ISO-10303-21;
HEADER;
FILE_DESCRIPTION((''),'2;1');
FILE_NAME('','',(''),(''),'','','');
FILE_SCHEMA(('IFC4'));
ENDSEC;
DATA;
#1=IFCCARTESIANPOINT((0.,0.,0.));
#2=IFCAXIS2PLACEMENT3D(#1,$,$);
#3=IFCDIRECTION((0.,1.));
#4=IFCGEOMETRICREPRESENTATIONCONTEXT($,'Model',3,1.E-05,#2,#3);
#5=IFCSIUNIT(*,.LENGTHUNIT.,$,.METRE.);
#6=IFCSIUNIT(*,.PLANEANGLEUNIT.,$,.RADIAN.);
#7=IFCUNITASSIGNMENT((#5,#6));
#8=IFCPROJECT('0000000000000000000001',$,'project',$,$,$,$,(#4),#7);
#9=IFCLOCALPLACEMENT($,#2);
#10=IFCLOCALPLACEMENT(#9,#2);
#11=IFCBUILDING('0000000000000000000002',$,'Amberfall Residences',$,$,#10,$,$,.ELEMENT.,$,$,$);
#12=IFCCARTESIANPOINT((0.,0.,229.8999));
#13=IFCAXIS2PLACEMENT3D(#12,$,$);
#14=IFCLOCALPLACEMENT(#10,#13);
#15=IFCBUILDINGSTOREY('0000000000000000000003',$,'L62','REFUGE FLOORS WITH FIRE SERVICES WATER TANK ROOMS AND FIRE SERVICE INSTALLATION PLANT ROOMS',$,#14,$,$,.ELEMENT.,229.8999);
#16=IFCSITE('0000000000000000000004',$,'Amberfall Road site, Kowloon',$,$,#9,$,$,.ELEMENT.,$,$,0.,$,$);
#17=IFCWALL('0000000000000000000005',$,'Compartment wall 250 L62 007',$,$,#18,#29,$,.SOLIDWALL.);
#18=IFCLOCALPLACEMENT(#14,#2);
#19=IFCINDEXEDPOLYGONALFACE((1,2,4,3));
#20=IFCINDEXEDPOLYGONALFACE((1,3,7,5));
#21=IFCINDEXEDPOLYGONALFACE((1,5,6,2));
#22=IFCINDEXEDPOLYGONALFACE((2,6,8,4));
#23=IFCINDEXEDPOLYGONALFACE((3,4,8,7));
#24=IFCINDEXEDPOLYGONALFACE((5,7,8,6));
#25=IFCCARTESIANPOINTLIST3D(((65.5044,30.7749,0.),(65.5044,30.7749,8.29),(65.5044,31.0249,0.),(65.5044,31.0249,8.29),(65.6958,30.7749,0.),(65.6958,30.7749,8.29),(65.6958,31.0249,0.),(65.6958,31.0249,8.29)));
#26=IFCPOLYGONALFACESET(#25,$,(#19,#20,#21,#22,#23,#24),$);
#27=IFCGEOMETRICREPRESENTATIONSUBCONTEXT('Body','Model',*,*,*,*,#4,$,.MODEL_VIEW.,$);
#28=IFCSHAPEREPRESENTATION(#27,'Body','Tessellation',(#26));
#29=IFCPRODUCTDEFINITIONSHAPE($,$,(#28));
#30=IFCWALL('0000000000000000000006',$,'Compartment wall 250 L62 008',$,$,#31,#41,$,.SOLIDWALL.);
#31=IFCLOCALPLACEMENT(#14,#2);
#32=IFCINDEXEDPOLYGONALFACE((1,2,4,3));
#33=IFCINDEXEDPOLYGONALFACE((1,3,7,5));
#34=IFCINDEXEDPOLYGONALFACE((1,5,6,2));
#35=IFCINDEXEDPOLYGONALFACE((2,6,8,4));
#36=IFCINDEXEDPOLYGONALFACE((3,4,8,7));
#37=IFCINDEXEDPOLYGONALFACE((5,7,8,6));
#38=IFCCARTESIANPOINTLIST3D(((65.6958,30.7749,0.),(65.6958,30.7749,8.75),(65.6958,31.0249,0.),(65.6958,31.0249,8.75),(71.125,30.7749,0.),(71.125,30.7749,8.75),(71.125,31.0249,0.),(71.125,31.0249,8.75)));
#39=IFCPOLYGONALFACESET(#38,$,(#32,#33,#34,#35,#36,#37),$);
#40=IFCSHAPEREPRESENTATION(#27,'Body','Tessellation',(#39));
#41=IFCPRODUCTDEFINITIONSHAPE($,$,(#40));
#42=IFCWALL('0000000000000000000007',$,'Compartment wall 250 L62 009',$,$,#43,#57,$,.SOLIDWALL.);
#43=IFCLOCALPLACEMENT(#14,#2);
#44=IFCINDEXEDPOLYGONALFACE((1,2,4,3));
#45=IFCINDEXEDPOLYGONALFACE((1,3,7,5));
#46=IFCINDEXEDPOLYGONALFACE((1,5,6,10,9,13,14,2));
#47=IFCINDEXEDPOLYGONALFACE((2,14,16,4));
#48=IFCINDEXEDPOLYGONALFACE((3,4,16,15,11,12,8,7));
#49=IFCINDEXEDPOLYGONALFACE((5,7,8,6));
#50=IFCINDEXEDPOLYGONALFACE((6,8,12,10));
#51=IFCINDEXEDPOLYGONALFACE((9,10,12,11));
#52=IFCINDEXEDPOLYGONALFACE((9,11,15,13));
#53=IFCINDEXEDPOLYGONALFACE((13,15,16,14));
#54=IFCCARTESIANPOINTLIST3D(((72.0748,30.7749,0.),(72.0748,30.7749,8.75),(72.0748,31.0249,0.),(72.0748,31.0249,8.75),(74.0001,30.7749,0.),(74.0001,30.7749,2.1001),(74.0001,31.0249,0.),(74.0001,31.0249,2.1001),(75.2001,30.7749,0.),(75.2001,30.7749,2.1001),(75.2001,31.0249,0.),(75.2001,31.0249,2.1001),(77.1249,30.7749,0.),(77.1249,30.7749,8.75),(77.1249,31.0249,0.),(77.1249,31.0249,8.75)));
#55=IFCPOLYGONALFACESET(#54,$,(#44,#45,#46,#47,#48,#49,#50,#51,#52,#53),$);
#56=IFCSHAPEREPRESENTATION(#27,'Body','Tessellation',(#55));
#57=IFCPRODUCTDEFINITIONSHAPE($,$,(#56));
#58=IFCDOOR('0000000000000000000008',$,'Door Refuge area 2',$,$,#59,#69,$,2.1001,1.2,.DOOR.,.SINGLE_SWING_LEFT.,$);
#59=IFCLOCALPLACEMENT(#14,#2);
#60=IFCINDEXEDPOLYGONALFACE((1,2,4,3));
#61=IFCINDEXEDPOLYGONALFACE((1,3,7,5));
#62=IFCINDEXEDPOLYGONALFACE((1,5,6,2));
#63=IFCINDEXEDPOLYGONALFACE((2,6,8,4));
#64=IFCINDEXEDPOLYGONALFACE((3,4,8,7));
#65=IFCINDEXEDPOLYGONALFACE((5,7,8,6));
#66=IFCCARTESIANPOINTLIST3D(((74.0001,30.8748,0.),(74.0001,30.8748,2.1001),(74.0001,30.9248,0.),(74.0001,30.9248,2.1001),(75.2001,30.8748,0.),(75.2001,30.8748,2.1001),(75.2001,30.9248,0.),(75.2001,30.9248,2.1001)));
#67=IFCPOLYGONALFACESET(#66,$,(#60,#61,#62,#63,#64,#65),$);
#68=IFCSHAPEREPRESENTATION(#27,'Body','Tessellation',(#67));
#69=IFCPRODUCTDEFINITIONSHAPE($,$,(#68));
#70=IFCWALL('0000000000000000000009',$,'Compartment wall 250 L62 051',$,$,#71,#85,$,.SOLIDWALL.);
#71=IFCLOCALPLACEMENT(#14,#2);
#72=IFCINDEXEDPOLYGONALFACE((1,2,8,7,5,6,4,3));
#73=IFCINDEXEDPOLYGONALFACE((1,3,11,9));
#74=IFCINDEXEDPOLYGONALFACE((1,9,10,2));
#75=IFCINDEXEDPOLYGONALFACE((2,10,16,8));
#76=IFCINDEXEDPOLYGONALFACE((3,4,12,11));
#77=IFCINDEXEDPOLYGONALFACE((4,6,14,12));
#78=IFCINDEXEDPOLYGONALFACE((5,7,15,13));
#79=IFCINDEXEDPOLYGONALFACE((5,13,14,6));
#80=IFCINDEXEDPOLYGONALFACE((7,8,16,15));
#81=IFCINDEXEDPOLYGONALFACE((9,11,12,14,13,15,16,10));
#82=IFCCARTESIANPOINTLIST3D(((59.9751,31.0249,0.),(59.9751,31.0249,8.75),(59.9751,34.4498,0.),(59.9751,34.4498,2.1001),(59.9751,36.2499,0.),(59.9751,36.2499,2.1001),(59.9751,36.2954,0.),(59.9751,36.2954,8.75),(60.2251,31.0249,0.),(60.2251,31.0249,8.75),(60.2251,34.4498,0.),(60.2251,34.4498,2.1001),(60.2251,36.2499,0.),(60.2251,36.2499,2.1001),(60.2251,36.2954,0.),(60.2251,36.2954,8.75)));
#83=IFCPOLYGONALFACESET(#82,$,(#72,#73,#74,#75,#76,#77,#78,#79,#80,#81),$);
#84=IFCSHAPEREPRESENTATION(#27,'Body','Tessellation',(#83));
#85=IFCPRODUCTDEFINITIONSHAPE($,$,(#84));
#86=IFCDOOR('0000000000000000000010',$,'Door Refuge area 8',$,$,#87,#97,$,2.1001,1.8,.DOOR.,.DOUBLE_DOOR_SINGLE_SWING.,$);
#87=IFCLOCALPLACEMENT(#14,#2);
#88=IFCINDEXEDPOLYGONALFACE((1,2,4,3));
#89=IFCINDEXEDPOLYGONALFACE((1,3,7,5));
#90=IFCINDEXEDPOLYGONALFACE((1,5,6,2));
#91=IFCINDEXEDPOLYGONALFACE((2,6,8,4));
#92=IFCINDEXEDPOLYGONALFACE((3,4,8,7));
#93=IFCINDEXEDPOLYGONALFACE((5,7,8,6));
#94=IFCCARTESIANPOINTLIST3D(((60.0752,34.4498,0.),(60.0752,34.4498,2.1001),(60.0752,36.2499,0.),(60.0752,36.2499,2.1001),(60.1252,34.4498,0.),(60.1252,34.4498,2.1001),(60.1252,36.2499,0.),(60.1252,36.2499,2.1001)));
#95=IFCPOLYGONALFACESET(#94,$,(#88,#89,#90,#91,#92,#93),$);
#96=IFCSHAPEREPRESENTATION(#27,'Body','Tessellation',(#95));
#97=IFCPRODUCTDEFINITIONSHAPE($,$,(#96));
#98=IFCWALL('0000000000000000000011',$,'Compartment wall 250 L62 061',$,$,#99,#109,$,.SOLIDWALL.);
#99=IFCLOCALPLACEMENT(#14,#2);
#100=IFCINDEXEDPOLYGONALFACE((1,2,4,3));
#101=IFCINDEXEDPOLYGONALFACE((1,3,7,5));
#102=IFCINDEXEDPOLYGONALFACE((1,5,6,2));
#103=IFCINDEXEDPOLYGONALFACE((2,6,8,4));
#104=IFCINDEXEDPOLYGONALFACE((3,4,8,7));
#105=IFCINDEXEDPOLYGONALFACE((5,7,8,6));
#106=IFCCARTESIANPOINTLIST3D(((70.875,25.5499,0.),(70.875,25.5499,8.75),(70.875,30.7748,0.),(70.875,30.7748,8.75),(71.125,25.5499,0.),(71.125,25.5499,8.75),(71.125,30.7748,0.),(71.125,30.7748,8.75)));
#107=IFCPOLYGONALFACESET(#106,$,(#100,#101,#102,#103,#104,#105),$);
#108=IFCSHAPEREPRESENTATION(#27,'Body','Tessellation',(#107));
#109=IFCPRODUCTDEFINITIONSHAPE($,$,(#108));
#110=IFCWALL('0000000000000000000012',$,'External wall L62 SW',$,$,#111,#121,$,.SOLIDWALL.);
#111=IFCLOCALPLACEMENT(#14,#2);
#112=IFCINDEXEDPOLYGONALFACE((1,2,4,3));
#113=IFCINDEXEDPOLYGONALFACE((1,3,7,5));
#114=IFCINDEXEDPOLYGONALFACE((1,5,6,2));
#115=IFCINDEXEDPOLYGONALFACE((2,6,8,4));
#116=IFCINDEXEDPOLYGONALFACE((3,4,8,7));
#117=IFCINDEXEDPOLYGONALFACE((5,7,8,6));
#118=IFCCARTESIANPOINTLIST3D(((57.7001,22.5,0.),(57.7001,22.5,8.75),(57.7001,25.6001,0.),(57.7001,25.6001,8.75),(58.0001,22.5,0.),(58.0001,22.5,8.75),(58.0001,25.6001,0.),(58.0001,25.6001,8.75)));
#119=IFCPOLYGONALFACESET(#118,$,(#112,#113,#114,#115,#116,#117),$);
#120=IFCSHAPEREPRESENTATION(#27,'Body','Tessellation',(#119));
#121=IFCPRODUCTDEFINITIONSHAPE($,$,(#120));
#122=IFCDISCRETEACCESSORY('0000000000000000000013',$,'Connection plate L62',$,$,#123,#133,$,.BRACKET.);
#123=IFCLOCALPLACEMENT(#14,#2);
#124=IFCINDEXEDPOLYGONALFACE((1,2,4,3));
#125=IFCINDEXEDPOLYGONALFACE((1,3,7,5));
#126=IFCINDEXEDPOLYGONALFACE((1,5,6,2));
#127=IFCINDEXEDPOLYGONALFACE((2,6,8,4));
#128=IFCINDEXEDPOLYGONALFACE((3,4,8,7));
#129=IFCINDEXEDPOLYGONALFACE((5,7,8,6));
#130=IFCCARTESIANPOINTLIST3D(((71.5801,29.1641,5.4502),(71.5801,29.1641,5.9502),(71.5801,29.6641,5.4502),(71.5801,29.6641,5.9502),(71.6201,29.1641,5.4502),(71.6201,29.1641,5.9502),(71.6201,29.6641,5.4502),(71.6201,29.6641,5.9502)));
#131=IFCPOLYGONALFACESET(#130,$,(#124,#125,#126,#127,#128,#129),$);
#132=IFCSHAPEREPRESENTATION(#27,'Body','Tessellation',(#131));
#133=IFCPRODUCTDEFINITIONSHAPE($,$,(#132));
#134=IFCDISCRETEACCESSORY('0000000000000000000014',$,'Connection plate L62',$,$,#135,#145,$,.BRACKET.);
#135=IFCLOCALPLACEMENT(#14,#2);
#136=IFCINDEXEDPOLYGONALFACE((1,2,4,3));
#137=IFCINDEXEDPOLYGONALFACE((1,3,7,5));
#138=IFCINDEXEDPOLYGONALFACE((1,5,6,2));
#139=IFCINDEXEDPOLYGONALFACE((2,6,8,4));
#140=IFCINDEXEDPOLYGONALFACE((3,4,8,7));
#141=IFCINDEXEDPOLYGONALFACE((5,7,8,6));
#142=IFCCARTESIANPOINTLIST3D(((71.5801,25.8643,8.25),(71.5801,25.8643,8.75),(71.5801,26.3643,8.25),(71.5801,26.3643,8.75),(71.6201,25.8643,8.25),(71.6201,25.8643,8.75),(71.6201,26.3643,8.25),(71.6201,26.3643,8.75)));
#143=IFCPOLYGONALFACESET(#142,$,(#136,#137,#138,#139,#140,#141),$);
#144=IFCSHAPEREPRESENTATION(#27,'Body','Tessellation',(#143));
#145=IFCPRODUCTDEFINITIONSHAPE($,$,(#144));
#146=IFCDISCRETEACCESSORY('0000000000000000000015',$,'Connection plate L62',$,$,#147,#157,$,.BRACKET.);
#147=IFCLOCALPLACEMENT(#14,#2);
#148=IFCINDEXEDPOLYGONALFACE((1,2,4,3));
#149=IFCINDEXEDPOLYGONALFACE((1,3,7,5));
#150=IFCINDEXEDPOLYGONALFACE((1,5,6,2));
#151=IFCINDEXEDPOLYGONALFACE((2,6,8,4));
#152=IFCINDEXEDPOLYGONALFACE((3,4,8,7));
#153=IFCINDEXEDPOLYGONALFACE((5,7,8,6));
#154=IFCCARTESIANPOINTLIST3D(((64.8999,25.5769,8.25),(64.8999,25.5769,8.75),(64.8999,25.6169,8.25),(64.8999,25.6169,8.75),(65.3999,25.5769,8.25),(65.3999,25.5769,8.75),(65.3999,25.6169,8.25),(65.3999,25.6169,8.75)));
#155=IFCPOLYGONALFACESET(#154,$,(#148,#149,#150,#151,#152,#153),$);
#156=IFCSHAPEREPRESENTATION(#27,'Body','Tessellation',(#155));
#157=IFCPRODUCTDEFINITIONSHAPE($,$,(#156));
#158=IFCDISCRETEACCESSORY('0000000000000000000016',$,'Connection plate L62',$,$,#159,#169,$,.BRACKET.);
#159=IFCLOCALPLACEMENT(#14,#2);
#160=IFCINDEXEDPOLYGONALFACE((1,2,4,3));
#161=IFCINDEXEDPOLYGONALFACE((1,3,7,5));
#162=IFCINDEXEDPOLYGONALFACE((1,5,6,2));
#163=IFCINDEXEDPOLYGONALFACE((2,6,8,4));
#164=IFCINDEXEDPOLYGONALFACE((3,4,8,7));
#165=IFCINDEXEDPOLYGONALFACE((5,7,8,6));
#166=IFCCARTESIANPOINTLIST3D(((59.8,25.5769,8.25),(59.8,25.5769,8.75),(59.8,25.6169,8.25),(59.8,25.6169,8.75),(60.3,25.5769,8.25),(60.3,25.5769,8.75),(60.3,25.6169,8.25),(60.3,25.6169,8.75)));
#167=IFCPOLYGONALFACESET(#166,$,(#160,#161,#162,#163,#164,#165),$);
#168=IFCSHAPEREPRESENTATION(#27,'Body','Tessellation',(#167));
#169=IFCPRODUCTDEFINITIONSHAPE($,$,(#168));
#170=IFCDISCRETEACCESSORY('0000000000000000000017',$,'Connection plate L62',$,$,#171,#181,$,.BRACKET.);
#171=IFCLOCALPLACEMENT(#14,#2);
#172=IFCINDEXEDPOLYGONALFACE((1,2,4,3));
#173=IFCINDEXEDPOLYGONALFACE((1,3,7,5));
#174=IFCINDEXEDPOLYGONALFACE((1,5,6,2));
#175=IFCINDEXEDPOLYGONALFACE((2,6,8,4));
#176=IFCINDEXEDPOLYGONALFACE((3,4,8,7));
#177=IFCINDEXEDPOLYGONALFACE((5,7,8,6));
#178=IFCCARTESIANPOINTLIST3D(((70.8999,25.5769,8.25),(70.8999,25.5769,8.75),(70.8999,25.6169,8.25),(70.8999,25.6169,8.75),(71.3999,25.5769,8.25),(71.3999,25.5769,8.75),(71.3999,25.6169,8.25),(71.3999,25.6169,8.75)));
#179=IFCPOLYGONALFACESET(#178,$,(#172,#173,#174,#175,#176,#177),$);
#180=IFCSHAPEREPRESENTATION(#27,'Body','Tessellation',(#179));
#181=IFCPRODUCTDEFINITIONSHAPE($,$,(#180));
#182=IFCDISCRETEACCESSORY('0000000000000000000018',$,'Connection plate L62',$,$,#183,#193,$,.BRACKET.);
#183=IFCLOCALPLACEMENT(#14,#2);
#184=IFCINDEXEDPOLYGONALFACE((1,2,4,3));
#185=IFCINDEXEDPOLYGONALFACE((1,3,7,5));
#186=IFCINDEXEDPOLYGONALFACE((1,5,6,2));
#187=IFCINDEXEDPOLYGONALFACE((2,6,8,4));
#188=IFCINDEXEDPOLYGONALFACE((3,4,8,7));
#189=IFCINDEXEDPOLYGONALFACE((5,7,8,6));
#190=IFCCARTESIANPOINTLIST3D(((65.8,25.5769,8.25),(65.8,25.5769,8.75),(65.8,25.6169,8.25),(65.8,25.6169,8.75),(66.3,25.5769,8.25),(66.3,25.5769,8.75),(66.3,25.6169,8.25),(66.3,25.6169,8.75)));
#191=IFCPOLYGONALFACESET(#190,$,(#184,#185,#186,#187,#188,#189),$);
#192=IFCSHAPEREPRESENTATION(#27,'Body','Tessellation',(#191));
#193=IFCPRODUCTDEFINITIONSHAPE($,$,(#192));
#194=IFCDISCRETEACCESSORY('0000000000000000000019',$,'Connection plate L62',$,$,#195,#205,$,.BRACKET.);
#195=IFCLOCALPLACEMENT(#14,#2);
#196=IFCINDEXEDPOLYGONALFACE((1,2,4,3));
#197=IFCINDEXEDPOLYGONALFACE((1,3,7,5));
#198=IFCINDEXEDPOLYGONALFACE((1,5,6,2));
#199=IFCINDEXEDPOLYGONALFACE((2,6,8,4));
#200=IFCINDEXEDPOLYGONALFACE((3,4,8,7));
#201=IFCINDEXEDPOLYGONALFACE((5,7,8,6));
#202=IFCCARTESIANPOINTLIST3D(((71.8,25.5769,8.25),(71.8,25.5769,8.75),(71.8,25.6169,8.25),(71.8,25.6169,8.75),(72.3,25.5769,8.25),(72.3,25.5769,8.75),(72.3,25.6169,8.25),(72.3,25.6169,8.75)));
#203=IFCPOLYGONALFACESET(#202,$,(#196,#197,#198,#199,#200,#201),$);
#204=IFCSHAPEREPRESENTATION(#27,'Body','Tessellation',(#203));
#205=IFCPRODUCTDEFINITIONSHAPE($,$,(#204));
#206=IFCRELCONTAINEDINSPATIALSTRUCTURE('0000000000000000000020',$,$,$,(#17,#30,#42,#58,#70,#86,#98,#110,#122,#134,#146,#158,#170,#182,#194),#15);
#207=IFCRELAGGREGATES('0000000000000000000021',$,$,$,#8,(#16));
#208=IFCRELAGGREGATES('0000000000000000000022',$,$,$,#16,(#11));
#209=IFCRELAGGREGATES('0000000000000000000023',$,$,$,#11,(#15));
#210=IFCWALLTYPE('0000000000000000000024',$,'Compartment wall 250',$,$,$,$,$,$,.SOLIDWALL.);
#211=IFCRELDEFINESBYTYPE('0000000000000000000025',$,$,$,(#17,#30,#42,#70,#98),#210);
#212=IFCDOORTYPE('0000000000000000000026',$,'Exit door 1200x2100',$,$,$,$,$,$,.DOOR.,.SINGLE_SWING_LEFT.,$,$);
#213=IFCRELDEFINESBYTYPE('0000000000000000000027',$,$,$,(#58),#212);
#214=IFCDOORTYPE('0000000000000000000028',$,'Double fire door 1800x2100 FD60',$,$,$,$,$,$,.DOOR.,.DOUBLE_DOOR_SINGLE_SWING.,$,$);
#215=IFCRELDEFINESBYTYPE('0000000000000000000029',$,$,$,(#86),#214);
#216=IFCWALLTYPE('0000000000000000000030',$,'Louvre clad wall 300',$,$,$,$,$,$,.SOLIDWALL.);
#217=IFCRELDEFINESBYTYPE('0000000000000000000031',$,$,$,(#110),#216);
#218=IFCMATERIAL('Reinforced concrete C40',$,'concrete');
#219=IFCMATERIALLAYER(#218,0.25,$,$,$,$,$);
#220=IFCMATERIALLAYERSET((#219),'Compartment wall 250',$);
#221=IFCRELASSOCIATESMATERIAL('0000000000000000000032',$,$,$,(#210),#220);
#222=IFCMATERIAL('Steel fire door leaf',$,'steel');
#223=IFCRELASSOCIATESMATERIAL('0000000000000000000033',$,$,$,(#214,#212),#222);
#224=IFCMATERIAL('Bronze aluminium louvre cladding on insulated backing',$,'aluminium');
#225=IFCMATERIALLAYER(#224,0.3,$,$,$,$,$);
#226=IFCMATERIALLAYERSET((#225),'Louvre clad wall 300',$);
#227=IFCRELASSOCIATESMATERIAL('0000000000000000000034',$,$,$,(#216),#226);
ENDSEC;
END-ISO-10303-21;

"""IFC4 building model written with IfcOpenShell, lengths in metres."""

from ifc_helpers import new_model, si_unit, direction, frame, frame_2d, origin, origin_2d, place, context, subcontext, project, spatial, rectangle, extrude, material, layer, layer_set, type_object, element, fill, save


model = new_model("IFC4")

# Units and contexts
model_context = context("Model", 3, precision=1e-05, world=origin(), true_north=direction((0.0, 1.0)))
body_context = subcontext(model_context, "Body", "Model", "MODEL_VIEW")
ifc_project = project(units=[si_unit("LENGTHUNIT", "METRE"), si_unit("PLANEANGLEUNIT", "RADIAN")], contexts=[model_context])

# Site, building, storey
site_placement = place(None, origin())
site = spatial("IfcSite", under=ifc_project, at=site_placement, Name="Amberfall Road site, Kowloon", CompositionType="ELEMENT", RefElevation=0.0)
building_placement = place(site_placement, origin())
building = spatial("IfcBuilding", under=site, at=building_placement, Name="Amberfall Residences", CompositionType="ELEMENT")
storey_placement = place(building_placement, frame((0.0, 0.0, 229.8999)))
storey = spatial("IfcBuildingStorey", under=building, at=storey_placement, Name="L62", Description="REFUGE FLOORS WITH FIRE SERVICES WATER TANK ROOMS AND FIRE SERVICE INSTALLATION PLANT ROOMS", CompositionType="ELEMENT", Elevation=229.8999)

# Shared definitions
ifc_material_1 = material(Name="Reinforced concrete C40", Category="concrete")
ifc_layer_1 = layer(ifc_material_1, 0.25)
ifc_layer_set_1 = layer_set([ifc_layer_1], Name="Compartment wall 250")
wall_type_1 = type_object("IfcWallType", Name="Compartment wall 250", PredefinedType="SOLIDWALL", material=ifc_layer_set_1)

# Shared definitions
ifc_material_2 = material(Name="Steel fire door leaf", Category="steel")
door_type_1 = type_object("IfcDoorType", Name="Double fire door 1800x2100 FD60", OperationType="DOUBLE_DOOR_SINGLE_SWING", PredefinedType="DOOR", material=ifc_material_2)

# Walls
wall_1_placement = place(storey_placement, frame((65.5044, 30.8999, 0.0), z_axis=(0.0, 0.0, 1.0), x_axis=(1.0, 0.0, 0.0)))
element("IfcWall", 1, at=wall_1_placement, inside=storey, type_object=wall_type_1, Name="Compartment wall 250 L62 007", PredefinedType="SOLIDWALL", context=body_context, shape_type="SweptSolid", body=[
    extrude(rectangle(XDim=0.1914, YDim=0.25, at=frame_2d((0.0957, 0.0))), origin(), (0.0, 0.0, 1.0), 8.29),
])
wall_2_placement = place(storey_placement, frame((65.6958, 30.8999, 0.0), z_axis=(0.0, 0.0, 1.0), x_axis=(1.0, 0.0, 0.0)))
element("IfcWall", 2, at=wall_2_placement, inside=storey, type_object=wall_type_1, Name="Compartment wall 250 L62 008", PredefinedType="SOLIDWALL", context=body_context, shape_type="SweptSolid", body=[
    extrude(rectangle(XDim=5.4292, YDim=0.25, at=frame_2d((2.7146, 0.0))), origin(), (0.0, 0.0, 1.0), 8.75),
])

# Walls, openings, doors
wall_3_placement = place(storey_placement, frame((72.075, 30.8999, 0.0), z_axis=(0.0, 0.0, 1.0), x_axis=(1.0, 0.0, 0.0)))
wall_3 = element("IfcWall", 3, at=wall_3_placement, inside=storey, type_object=wall_type_1, Name="Compartment wall 250 L62 009", PredefinedType="SOLIDWALL", context=body_context, shape_type="SweptSolid", body=[
    extrude(rectangle(XDim=5.05, YDim=0.25, at=frame_2d((2.5249, 0.0))), origin(), (0.0, 0.0, 1.0), 8.75),
])
opening_1_placement = place(wall_3_placement, frame((1.925, 0.0, 0.0)))
opening_1 = element("IfcOpeningElement", 4, at=opening_1_placement, cuts=wall_3, PredefinedType="OPENING", context=body_context, shape_type="SweptSolid", body=[
    extrude(rectangle(XDim=1.2, YDim=2.1001, at=frame_2d((0.6001, 1.05))), frame((0.0, 0.135, 0.0), z_axis=(0.0, -1.0, 0.0), x_axis=(1.0, 0.0, 0.0)), (0.0, 0.0, 1.0), 0.27),
])
door_type_2 = type_object("IfcDoorType", Name="Exit door 1200x2100", OperationType="SINGLE_SWING_LEFT", PredefinedType="DOOR", material=ifc_material_2)
door_1_placement = place(opening_1_placement, origin())
door_1 = element("IfcDoor", 5, at=door_1_placement, inside=storey, type_object=door_type_2, Name="Door Refuge area 2", OperationType="SINGLE_SWING_LEFT", OverallHeight=2.1001, OverallWidth=1.2, PredefinedType="DOOR", context=body_context, shape_type="SweptSolid", body=[
    extrude(rectangle(XDim=1.2, YDim=2.1001, at=frame_2d((0.6001, 1.05))), frame((0.0, 0.0249, 0.0), z_axis=(0.0, -1.0, 0.0), x_axis=(1.0, 0.0, 0.0)), (0.0, 0.0, 1.0), 0.05),
])
fill(opening_1, door_1)
wall_4_placement = place(storey_placement, frame((60.1001, 31.0249, 0.0), z_axis=(0.0, 0.0, 1.0), x_axis=(0.0, 1.0, 0.0)))
wall_4 = element("IfcWall", 6, at=wall_4_placement, inside=storey, type_object=wall_type_1, Name="Compartment wall 250 L62 051", PredefinedType="SOLIDWALL", context=body_context, shape_type="SweptSolid", body=[
    extrude(rectangle(XDim=5.2705, YDim=0.25, at=frame_2d((2.6353, 0.0))), origin(), (0.0, 0.0, 1.0), 8.75),
])
opening_2_placement = place(wall_4_placement, frame((3.425, 0.0, 0.0)))
opening_2 = element("IfcOpeningElement", 7, at=opening_2_placement, cuts=wall_4, PredefinedType="OPENING", context=body_context, shape_type="SweptSolid", body=[
    extrude(rectangle(XDim=1.8, YDim=2.1001, at=frame_2d((0.8999, 1.05))), frame((0.0, 0.135, 0.0), z_axis=(0.0, -1.0, 0.0), x_axis=(1.0, 0.0, 0.0)), (0.0, 0.0, 1.0), 0.27),
])
door_2_placement = place(opening_2_placement, origin())
door_2 = element("IfcDoor", 8, at=door_2_placement, inside=storey, type_object=door_type_1, Name="Door Refuge area 8", OperationType="DOUBLE_DOOR_SINGLE_SWING", OverallHeight=2.1001, OverallWidth=1.8, PredefinedType="DOOR", context=body_context, shape_type="SweptSolid", body=[
    extrude(rectangle(XDim=1.8, YDim=2.1001, at=frame_2d((0.8999, 1.05))), frame((0.0, 0.0249, 0.0), z_axis=(0.0, -1.0, 0.0), x_axis=(1.0, 0.0, 0.0)), (0.0, 0.0, 1.0), 0.05),
])
fill(opening_2, door_2)

# Walls
wall_5_placement = place(storey_placement, frame((71.0, 25.55, 0.0), z_axis=(0.0, 0.0, 1.0), x_axis=(0.0, 1.0, 0.0)))
element("IfcWall", 9, at=wall_5_placement, inside=storey, type_object=wall_type_1, Name="Compartment wall 250 L62 061", PredefinedType="SOLIDWALL", context=body_context, shape_type="SweptSolid", body=[
    extrude(rectangle(XDim=5.2249, YDim=0.25, at=frame_2d((2.6123, 0.0))), origin(), (0.0, 0.0, 1.0), 8.75),
])
ifc_material_3 = material(Name="Bronze aluminium louvre cladding on insulated backing", Category="aluminium")
ifc_layer_2 = layer(ifc_material_3, 0.3)
ifc_layer_set_2 = layer_set([ifc_layer_2], Name="Louvre clad wall 300")
wall_type_2 = type_object("IfcWallType", Name="Louvre clad wall 300", PredefinedType="SOLIDWALL", material=ifc_layer_set_2)
wall_6_placement = place(storey_placement, frame((57.8501, 25.6001, 0.0), z_axis=(0.0, 0.0, 1.0), x_axis=(0.0, -1.0, 0.0)))
element("IfcWall", 10, at=wall_6_placement, inside=storey, type_object=wall_type_2, Name="External wall L62 SW", PredefinedType="SOLIDWALL", context=body_context, shape_type="SweptSolid", body=[
    extrude(rectangle(XDim=3.1001, YDim=0.3, at=frame_2d((1.55, 0.0))), origin(), (0.0, 0.0, 1.0), 8.75),
])

# Discrete accessories
for number, where, z_axis, x_axis, name in (
    (11, (71.6001, 29.4141, 5.4502), (0.0, 0.0, 1.0), (0.0, 1.0, 0.0), "Connection plate L62"),
    (12, (71.6001, 26.1143, 8.25), (0.0, 0.0, 1.0), (0.0, 1.0, 0.0), "Connection plate L62"),
    (13, (65.1499, 25.5969, 8.25), (0.0, 0.0, 1.0), (1.0, 0.0, 0.0), "Connection plate L62"),
    (14, (60.05, 25.5969, 8.25), (0.0, 0.0, 1.0), (1.0, 0.0, 0.0), "Connection plate L62"),
    (15, (71.1499, 25.5969, 8.25), (0.0, 0.0, 1.0), (1.0, 0.0, 0.0), "Connection plate L62"),
    (16, (66.05, 25.5969, 8.25), (0.0, 0.0, 1.0), (1.0, 0.0, 0.0), "Connection plate L62"),
    (17, (72.05, 25.5969, 8.25), (0.0, 0.0, 1.0), (1.0, 0.0, 0.0), "Connection plate L62"),
):
    element("IfcDiscreteAccessory", number, at=place(storey_placement, frame(where, z_axis=z_axis, x_axis=x_axis)), inside=storey, Name=name, PredefinedType="BRACKET", context=body_context, shape_type="SweptSolid", body=[
        extrude(rectangle(XDim=0.5, YDim=0.04, at=origin_2d()), origin(), (0.0, 0.0, 1.0), 0.5),
    ])

save(model, "model.ifc")
